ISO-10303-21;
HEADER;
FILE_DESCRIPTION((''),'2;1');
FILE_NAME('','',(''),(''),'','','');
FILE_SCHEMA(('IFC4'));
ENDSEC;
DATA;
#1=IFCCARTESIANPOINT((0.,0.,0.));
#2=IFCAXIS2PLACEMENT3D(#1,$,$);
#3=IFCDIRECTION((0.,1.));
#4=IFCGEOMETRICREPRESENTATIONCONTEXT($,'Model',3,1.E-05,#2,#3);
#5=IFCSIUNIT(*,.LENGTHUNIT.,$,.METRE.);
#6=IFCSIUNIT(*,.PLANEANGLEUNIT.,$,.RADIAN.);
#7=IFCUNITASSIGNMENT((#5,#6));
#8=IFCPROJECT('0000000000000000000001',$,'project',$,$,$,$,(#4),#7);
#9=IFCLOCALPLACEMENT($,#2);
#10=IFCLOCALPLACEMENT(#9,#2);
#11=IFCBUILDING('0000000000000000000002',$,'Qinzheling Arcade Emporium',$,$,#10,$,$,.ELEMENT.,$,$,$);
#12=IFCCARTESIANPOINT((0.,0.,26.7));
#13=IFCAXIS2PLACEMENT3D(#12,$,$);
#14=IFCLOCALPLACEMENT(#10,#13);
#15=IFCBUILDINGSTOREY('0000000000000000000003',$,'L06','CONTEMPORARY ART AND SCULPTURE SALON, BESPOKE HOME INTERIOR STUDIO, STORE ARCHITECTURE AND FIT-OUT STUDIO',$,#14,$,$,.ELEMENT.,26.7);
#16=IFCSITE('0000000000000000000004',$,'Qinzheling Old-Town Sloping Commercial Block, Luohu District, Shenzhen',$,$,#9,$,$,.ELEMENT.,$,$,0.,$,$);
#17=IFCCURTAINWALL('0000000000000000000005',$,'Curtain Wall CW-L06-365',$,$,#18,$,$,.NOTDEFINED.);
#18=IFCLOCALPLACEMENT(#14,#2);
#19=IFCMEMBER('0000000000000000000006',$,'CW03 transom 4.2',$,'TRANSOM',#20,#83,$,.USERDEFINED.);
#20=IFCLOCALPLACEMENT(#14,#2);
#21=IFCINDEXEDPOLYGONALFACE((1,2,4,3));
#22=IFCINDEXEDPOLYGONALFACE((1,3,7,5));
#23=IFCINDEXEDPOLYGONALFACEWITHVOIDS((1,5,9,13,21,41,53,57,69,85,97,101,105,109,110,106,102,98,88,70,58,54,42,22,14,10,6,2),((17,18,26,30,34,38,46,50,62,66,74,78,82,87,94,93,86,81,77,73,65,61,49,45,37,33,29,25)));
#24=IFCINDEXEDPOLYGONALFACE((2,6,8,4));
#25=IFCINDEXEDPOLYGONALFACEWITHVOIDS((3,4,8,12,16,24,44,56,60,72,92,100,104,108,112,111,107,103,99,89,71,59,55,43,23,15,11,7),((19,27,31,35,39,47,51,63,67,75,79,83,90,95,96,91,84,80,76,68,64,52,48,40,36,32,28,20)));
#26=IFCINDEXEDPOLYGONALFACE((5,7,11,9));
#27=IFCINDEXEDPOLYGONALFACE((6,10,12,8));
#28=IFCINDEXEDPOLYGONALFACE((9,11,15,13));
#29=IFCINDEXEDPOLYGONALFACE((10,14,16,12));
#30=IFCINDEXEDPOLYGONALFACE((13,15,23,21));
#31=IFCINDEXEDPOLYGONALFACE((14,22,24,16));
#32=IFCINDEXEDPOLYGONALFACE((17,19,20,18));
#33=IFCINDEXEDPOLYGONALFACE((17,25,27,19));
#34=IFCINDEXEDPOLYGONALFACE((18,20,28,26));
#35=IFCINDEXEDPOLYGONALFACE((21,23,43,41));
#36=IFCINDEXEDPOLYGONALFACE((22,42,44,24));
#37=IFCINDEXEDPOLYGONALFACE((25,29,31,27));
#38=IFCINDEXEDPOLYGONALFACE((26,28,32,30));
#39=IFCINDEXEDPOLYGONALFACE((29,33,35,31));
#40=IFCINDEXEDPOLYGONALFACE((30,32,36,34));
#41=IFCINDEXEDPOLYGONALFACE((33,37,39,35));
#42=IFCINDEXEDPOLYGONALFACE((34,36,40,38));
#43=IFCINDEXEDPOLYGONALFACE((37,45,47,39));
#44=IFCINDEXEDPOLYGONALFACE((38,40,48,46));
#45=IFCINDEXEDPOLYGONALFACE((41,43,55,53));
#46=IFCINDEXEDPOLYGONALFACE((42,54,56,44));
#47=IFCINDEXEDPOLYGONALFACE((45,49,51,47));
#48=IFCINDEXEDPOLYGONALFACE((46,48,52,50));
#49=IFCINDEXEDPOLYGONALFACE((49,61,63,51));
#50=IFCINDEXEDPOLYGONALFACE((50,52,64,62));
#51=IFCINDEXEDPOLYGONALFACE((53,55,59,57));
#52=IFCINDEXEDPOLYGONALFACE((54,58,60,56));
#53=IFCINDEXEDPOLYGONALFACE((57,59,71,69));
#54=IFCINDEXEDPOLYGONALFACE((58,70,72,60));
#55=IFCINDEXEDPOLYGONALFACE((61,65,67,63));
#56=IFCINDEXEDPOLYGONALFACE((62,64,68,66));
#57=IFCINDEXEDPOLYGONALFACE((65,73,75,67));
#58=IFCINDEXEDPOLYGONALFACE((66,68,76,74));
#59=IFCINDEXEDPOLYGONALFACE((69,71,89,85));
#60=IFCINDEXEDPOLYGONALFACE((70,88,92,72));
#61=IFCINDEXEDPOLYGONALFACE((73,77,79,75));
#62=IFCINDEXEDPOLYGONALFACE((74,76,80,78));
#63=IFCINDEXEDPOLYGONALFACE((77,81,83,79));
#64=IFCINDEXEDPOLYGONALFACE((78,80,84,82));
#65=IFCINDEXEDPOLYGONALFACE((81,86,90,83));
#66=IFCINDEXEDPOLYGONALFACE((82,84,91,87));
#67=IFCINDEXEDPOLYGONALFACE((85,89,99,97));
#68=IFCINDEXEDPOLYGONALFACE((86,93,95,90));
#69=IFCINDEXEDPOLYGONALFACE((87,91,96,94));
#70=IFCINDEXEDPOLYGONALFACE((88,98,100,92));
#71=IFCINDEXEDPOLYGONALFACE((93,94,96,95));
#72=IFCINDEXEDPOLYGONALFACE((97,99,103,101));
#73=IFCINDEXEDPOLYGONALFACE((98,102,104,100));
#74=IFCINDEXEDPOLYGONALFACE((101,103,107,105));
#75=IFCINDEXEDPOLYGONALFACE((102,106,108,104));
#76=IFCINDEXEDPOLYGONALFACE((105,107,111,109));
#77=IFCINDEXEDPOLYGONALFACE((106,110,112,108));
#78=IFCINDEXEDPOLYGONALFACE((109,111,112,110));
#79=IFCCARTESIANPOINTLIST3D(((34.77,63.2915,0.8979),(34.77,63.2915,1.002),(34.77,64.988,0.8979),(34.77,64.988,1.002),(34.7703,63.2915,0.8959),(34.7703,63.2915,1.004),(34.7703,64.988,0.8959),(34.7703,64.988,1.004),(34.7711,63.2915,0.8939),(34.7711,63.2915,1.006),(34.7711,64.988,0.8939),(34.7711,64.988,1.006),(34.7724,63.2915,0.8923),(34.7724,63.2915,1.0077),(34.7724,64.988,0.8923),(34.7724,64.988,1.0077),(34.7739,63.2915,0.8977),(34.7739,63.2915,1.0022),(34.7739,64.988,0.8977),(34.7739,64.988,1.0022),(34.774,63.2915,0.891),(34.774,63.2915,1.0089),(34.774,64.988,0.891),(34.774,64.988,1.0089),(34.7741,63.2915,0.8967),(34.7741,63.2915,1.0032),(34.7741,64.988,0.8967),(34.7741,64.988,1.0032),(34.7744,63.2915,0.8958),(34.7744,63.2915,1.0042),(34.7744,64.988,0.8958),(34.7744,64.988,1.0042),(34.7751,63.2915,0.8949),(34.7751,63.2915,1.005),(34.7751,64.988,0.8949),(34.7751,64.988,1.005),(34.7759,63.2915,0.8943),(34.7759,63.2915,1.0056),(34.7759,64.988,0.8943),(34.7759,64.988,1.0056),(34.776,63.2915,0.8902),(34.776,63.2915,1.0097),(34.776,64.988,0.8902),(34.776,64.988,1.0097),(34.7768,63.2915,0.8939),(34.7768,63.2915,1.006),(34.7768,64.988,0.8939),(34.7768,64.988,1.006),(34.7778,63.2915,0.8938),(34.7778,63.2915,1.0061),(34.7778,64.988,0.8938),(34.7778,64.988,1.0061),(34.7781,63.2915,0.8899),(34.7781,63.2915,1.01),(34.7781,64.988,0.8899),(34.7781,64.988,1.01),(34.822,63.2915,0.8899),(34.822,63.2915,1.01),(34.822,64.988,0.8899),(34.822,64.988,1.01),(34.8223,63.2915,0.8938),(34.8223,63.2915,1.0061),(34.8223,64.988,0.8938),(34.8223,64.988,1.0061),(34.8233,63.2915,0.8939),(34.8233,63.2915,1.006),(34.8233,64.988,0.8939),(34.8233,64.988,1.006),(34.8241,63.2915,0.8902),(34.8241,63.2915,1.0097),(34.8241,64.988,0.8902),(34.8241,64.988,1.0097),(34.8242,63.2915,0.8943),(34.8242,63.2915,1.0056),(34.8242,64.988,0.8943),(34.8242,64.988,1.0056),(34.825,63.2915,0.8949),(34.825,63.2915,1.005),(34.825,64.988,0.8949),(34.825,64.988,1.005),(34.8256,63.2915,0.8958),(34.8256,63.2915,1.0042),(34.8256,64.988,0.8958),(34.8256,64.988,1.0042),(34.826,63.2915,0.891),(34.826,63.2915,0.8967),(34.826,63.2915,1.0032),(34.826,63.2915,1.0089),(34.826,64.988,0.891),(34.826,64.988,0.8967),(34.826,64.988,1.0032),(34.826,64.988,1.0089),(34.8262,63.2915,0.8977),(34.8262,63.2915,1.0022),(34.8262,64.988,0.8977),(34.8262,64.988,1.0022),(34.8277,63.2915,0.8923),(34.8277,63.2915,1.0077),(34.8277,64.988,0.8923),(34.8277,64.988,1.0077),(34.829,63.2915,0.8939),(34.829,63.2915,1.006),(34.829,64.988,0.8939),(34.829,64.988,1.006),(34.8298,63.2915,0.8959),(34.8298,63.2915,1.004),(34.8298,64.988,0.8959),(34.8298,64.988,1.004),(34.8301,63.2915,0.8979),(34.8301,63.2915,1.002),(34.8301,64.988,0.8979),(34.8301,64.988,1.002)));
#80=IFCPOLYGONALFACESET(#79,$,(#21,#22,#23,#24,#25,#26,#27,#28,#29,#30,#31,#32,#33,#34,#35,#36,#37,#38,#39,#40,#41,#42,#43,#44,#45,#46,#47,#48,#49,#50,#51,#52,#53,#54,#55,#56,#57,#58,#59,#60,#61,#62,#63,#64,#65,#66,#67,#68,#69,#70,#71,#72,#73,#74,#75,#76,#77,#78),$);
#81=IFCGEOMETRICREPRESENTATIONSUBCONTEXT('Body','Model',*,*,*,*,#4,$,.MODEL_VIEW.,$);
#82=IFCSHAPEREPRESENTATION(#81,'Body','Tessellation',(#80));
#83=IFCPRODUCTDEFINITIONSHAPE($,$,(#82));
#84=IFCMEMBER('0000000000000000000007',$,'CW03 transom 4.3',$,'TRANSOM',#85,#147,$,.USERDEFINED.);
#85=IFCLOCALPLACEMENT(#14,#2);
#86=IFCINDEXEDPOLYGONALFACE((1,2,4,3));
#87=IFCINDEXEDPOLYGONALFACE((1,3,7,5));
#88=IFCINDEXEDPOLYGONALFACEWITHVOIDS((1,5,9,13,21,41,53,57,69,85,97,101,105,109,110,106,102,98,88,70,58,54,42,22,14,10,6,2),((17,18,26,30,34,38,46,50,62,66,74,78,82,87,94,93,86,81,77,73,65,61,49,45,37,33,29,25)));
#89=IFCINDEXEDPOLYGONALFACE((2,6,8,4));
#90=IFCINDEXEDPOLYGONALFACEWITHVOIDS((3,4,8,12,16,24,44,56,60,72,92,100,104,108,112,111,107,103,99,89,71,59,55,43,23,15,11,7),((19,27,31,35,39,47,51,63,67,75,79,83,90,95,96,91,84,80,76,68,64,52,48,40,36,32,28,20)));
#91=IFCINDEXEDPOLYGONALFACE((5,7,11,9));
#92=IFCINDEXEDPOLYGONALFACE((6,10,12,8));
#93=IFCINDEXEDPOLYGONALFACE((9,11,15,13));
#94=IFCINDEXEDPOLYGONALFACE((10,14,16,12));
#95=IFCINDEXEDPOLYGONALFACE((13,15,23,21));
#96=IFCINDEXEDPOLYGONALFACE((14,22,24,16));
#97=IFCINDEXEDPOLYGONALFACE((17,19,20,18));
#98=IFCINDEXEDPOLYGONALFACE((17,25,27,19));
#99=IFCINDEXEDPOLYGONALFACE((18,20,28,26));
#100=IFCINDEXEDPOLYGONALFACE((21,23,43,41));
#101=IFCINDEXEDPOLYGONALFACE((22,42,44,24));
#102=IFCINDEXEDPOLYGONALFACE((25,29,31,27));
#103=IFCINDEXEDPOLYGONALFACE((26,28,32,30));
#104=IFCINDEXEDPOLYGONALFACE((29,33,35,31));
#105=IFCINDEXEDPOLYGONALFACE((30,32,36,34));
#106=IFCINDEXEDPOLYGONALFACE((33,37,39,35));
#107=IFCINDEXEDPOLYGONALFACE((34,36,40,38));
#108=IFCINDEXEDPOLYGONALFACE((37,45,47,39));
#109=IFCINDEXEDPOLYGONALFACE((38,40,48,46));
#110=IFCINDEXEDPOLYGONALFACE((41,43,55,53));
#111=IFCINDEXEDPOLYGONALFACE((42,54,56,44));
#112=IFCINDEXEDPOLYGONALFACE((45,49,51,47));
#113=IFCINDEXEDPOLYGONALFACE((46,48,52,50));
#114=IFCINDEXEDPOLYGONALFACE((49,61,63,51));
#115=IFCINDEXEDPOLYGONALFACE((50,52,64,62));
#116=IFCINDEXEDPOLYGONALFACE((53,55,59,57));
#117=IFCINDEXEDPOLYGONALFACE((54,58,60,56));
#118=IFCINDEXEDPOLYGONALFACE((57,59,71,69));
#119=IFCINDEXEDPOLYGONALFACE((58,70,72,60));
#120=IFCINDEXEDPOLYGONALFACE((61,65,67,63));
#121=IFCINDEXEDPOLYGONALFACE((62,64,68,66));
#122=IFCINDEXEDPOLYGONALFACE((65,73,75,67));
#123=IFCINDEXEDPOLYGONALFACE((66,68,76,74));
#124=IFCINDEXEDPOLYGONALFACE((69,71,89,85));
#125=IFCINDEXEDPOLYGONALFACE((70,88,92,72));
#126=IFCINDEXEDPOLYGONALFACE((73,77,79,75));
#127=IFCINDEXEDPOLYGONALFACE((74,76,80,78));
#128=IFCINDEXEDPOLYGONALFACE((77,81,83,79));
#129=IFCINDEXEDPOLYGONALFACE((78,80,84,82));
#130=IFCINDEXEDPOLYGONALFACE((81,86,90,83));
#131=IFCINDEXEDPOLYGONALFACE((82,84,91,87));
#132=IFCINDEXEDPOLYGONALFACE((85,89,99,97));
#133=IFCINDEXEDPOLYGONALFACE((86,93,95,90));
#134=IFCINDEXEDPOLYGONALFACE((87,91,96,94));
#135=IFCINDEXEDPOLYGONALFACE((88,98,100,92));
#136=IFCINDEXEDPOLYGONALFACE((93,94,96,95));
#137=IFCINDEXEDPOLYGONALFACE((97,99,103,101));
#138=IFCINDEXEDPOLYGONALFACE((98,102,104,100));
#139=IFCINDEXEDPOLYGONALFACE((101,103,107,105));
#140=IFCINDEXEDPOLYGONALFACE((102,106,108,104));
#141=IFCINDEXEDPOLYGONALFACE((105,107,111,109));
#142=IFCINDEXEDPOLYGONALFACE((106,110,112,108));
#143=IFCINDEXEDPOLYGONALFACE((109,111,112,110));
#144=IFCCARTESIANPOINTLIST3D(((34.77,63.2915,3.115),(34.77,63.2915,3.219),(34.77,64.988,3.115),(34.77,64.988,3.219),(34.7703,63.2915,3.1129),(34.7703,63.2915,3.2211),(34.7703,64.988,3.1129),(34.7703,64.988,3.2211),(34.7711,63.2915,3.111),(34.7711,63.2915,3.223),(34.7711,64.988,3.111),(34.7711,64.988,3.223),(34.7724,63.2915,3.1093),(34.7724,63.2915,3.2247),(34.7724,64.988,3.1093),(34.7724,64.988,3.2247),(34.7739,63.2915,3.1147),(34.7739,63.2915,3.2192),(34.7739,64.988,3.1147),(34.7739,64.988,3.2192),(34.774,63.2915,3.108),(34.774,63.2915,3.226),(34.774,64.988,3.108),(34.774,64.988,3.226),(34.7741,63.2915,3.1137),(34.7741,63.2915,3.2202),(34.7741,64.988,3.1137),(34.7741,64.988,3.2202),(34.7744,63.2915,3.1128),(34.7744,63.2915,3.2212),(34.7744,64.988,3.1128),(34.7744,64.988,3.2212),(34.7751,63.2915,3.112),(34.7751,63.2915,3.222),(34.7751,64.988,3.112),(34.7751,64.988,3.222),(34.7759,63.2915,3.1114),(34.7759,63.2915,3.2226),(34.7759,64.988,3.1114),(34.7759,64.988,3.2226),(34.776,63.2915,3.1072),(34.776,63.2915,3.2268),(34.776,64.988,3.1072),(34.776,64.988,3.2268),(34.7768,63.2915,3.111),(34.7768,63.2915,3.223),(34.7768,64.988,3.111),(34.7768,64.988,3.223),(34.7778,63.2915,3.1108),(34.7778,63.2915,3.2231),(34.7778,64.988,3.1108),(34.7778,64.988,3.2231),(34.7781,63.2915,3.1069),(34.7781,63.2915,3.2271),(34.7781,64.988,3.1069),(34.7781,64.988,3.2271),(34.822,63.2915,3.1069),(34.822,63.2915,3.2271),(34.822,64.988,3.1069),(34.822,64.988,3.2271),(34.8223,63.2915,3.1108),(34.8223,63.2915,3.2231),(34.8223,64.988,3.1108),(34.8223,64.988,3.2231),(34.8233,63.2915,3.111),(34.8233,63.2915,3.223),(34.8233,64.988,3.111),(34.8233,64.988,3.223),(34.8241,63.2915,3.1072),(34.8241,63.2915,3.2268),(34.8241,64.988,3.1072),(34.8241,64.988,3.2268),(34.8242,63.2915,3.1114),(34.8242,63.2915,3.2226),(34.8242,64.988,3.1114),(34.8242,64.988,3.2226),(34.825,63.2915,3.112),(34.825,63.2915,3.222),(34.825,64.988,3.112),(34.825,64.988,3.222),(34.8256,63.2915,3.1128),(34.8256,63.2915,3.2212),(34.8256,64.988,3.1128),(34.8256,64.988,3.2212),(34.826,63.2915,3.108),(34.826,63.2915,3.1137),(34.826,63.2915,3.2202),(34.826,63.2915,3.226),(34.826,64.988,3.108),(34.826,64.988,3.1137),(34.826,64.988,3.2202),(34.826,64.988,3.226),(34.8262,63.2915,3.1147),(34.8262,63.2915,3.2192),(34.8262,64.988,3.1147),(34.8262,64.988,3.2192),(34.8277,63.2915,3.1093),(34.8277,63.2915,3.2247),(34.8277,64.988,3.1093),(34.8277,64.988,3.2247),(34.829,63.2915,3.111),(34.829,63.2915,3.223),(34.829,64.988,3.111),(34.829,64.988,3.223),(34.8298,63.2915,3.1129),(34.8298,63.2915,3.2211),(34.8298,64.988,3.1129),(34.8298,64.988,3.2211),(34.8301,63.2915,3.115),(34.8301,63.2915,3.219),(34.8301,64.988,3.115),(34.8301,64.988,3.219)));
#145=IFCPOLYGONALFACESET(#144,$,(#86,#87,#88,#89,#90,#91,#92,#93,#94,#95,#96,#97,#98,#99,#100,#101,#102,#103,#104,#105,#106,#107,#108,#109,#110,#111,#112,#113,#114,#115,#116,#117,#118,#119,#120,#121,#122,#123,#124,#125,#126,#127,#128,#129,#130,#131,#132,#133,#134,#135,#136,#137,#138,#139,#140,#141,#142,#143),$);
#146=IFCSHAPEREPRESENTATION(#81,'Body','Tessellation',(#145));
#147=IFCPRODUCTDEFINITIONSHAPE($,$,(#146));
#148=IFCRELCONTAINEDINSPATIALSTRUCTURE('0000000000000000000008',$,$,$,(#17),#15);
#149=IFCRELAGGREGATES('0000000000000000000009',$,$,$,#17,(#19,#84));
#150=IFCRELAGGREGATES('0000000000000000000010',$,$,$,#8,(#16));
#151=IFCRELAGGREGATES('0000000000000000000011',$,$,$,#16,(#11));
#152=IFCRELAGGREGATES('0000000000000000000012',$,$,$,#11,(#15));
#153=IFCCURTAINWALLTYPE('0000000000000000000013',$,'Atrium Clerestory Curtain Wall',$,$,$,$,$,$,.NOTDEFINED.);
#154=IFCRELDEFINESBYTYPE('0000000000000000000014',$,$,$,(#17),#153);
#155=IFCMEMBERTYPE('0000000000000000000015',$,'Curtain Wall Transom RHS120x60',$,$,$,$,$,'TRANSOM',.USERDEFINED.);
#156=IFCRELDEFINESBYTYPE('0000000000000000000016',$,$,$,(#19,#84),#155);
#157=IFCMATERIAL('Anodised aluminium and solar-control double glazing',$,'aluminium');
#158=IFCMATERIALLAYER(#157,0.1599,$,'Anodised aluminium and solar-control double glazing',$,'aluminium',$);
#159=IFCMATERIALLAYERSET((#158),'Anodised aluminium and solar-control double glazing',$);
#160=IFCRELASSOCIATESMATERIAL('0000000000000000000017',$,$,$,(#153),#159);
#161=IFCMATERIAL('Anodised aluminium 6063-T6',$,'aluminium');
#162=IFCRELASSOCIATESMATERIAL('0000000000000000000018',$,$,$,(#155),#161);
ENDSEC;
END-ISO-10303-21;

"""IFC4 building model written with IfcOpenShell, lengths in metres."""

from ifc_helpers import new_model, si_unit, direction, frame, origin, origin_2d, place, context, subcontext, project, spatial, hollow_rectangle, extrude, material, layer, layer_set, material_profile, profile_set, type_object, element, aggregate, save


model = new_model("IFC4")

# Units and contexts
model_context = context("Model", 3, precision=1e-05, world=origin(), true_north=direction((0.0, 1.0)))
body_context = subcontext(model_context, "Body", "Model", "MODEL_VIEW")
ifc_project = project(units=[si_unit("LENGTHUNIT", "METRE"), si_unit("PLANEANGLEUNIT", "RADIAN")], contexts=[model_context])

# Site, building, storey
site_placement = place(None, origin())
site = spatial("IfcSite", under=ifc_project, at=site_placement, Name="Qinzheling Old-Town Sloping Commercial Block, Luohu District, Shenzhen", CompositionType="ELEMENT", RefElevation=0.0)
building_placement = place(site_placement, origin())
building = spatial("IfcBuilding", under=site, at=building_placement, Name="Qinzheling Arcade Emporium", CompositionType="ELEMENT")
storey_placement = place(building_placement, frame((0.0, 0.0, 26.7)))
storey = spatial("IfcBuildingStorey", under=building, at=storey_placement, Name="L06", Description="CONTEMPORARY ART AND SCULPTURE SALON, BESPOKE HOME INTERIOR STUDIO, STORE ARCHITECTURE AND FIT-OUT STUDIO", CompositionType="ELEMENT", Elevation=26.7)

# Curtain wall, members
ifc_material_1 = material(Name="Anodised aluminium and solar-control double glazing", Category="aluminium")
ifc_layer_1 = layer(ifc_material_1, 0.1599, Name="Anodised aluminium and solar-control double glazing", Category="aluminium")
ifc_layer_set_1 = layer_set([ifc_layer_1], Name="Anodised aluminium and solar-control double glazing")
curtain_wall_type = type_object("IfcCurtainWallType", Name="Atrium Clerestory Curtain Wall", PredefinedType="NOTDEFINED", material=ifc_layer_set_1)
curtain_wall_placement = place(storey_placement, origin())
curtain_wall = element("IfcCurtainWall", 1, at=curtain_wall_placement, inside=storey, type_object=curtain_wall_type, Name="Curtain Wall CW-L06-365", PredefinedType="NOTDEFINED")
ifc_material_2 = material(Name="Anodised aluminium 6063-T6", Category="aluminium")
ifc_material_profile_1 = material_profile(ifc_material_2, hollow_rectangle(XDim=0.0601, YDim=0.1201, WallThickness=0.0039, InnerFilletRadius=0.0039, OuterFilletRadius=0.0081, at=origin_2d()), Name="RHS 120x60x4", Category="aluminium")
ifc_profile_set_1 = profile_set([ifc_material_profile_1], Name="Anodised aluminium 6063-T6")
member_type_1 = type_object("IfcMemberType", Name="Curtain Wall Transom RHS120x60", ElementType="TRANSOM", PredefinedType="USERDEFINED", material=ifc_profile_set_1)
member_1_placement = place(storey_placement, frame((34.8, 63.2915, 0.95), z_axis=(0.0, 1.0, 0.0), x_axis=(-1.0, 0.0, 0.0)))
member_1 = element("IfcMember", 2, at=member_1_placement, type_object=member_type_1, Name="CW03 transom 4.2", ObjectType="TRANSOM", PredefinedType="USERDEFINED", context=body_context, shape_type="SweptSolid", body=[
    extrude(hollow_rectangle(XDim=0.0601, YDim=0.1201, WallThickness=0.0039, InnerFilletRadius=0.0039, OuterFilletRadius=0.0081, at=origin_2d()), origin(), (0.0, 0.0, 1.0), 1.6965),
])
member_2_placement = place(storey_placement, frame((34.8, 63.2915, 3.167), z_axis=(0.0, 1.0, 0.0), x_axis=(-1.0, 0.0, 0.0)))
member_2 = element("IfcMember", 3, at=member_2_placement, type_object=member_type_1, Name="CW03 transom 4.3", ObjectType="TRANSOM", PredefinedType="USERDEFINED", context=body_context, shape_type="SweptSolid", body=[
    extrude(hollow_rectangle(XDim=0.0601, YDim=0.1201, WallThickness=0.0039, InnerFilletRadius=0.0039, OuterFilletRadius=0.0081, at=origin_2d()), origin(), (0.0, 0.0, 1.0), 1.6965),
])

aggregate(curtain_wall, [member_1, member_2])

save(model, "model.ifc")
